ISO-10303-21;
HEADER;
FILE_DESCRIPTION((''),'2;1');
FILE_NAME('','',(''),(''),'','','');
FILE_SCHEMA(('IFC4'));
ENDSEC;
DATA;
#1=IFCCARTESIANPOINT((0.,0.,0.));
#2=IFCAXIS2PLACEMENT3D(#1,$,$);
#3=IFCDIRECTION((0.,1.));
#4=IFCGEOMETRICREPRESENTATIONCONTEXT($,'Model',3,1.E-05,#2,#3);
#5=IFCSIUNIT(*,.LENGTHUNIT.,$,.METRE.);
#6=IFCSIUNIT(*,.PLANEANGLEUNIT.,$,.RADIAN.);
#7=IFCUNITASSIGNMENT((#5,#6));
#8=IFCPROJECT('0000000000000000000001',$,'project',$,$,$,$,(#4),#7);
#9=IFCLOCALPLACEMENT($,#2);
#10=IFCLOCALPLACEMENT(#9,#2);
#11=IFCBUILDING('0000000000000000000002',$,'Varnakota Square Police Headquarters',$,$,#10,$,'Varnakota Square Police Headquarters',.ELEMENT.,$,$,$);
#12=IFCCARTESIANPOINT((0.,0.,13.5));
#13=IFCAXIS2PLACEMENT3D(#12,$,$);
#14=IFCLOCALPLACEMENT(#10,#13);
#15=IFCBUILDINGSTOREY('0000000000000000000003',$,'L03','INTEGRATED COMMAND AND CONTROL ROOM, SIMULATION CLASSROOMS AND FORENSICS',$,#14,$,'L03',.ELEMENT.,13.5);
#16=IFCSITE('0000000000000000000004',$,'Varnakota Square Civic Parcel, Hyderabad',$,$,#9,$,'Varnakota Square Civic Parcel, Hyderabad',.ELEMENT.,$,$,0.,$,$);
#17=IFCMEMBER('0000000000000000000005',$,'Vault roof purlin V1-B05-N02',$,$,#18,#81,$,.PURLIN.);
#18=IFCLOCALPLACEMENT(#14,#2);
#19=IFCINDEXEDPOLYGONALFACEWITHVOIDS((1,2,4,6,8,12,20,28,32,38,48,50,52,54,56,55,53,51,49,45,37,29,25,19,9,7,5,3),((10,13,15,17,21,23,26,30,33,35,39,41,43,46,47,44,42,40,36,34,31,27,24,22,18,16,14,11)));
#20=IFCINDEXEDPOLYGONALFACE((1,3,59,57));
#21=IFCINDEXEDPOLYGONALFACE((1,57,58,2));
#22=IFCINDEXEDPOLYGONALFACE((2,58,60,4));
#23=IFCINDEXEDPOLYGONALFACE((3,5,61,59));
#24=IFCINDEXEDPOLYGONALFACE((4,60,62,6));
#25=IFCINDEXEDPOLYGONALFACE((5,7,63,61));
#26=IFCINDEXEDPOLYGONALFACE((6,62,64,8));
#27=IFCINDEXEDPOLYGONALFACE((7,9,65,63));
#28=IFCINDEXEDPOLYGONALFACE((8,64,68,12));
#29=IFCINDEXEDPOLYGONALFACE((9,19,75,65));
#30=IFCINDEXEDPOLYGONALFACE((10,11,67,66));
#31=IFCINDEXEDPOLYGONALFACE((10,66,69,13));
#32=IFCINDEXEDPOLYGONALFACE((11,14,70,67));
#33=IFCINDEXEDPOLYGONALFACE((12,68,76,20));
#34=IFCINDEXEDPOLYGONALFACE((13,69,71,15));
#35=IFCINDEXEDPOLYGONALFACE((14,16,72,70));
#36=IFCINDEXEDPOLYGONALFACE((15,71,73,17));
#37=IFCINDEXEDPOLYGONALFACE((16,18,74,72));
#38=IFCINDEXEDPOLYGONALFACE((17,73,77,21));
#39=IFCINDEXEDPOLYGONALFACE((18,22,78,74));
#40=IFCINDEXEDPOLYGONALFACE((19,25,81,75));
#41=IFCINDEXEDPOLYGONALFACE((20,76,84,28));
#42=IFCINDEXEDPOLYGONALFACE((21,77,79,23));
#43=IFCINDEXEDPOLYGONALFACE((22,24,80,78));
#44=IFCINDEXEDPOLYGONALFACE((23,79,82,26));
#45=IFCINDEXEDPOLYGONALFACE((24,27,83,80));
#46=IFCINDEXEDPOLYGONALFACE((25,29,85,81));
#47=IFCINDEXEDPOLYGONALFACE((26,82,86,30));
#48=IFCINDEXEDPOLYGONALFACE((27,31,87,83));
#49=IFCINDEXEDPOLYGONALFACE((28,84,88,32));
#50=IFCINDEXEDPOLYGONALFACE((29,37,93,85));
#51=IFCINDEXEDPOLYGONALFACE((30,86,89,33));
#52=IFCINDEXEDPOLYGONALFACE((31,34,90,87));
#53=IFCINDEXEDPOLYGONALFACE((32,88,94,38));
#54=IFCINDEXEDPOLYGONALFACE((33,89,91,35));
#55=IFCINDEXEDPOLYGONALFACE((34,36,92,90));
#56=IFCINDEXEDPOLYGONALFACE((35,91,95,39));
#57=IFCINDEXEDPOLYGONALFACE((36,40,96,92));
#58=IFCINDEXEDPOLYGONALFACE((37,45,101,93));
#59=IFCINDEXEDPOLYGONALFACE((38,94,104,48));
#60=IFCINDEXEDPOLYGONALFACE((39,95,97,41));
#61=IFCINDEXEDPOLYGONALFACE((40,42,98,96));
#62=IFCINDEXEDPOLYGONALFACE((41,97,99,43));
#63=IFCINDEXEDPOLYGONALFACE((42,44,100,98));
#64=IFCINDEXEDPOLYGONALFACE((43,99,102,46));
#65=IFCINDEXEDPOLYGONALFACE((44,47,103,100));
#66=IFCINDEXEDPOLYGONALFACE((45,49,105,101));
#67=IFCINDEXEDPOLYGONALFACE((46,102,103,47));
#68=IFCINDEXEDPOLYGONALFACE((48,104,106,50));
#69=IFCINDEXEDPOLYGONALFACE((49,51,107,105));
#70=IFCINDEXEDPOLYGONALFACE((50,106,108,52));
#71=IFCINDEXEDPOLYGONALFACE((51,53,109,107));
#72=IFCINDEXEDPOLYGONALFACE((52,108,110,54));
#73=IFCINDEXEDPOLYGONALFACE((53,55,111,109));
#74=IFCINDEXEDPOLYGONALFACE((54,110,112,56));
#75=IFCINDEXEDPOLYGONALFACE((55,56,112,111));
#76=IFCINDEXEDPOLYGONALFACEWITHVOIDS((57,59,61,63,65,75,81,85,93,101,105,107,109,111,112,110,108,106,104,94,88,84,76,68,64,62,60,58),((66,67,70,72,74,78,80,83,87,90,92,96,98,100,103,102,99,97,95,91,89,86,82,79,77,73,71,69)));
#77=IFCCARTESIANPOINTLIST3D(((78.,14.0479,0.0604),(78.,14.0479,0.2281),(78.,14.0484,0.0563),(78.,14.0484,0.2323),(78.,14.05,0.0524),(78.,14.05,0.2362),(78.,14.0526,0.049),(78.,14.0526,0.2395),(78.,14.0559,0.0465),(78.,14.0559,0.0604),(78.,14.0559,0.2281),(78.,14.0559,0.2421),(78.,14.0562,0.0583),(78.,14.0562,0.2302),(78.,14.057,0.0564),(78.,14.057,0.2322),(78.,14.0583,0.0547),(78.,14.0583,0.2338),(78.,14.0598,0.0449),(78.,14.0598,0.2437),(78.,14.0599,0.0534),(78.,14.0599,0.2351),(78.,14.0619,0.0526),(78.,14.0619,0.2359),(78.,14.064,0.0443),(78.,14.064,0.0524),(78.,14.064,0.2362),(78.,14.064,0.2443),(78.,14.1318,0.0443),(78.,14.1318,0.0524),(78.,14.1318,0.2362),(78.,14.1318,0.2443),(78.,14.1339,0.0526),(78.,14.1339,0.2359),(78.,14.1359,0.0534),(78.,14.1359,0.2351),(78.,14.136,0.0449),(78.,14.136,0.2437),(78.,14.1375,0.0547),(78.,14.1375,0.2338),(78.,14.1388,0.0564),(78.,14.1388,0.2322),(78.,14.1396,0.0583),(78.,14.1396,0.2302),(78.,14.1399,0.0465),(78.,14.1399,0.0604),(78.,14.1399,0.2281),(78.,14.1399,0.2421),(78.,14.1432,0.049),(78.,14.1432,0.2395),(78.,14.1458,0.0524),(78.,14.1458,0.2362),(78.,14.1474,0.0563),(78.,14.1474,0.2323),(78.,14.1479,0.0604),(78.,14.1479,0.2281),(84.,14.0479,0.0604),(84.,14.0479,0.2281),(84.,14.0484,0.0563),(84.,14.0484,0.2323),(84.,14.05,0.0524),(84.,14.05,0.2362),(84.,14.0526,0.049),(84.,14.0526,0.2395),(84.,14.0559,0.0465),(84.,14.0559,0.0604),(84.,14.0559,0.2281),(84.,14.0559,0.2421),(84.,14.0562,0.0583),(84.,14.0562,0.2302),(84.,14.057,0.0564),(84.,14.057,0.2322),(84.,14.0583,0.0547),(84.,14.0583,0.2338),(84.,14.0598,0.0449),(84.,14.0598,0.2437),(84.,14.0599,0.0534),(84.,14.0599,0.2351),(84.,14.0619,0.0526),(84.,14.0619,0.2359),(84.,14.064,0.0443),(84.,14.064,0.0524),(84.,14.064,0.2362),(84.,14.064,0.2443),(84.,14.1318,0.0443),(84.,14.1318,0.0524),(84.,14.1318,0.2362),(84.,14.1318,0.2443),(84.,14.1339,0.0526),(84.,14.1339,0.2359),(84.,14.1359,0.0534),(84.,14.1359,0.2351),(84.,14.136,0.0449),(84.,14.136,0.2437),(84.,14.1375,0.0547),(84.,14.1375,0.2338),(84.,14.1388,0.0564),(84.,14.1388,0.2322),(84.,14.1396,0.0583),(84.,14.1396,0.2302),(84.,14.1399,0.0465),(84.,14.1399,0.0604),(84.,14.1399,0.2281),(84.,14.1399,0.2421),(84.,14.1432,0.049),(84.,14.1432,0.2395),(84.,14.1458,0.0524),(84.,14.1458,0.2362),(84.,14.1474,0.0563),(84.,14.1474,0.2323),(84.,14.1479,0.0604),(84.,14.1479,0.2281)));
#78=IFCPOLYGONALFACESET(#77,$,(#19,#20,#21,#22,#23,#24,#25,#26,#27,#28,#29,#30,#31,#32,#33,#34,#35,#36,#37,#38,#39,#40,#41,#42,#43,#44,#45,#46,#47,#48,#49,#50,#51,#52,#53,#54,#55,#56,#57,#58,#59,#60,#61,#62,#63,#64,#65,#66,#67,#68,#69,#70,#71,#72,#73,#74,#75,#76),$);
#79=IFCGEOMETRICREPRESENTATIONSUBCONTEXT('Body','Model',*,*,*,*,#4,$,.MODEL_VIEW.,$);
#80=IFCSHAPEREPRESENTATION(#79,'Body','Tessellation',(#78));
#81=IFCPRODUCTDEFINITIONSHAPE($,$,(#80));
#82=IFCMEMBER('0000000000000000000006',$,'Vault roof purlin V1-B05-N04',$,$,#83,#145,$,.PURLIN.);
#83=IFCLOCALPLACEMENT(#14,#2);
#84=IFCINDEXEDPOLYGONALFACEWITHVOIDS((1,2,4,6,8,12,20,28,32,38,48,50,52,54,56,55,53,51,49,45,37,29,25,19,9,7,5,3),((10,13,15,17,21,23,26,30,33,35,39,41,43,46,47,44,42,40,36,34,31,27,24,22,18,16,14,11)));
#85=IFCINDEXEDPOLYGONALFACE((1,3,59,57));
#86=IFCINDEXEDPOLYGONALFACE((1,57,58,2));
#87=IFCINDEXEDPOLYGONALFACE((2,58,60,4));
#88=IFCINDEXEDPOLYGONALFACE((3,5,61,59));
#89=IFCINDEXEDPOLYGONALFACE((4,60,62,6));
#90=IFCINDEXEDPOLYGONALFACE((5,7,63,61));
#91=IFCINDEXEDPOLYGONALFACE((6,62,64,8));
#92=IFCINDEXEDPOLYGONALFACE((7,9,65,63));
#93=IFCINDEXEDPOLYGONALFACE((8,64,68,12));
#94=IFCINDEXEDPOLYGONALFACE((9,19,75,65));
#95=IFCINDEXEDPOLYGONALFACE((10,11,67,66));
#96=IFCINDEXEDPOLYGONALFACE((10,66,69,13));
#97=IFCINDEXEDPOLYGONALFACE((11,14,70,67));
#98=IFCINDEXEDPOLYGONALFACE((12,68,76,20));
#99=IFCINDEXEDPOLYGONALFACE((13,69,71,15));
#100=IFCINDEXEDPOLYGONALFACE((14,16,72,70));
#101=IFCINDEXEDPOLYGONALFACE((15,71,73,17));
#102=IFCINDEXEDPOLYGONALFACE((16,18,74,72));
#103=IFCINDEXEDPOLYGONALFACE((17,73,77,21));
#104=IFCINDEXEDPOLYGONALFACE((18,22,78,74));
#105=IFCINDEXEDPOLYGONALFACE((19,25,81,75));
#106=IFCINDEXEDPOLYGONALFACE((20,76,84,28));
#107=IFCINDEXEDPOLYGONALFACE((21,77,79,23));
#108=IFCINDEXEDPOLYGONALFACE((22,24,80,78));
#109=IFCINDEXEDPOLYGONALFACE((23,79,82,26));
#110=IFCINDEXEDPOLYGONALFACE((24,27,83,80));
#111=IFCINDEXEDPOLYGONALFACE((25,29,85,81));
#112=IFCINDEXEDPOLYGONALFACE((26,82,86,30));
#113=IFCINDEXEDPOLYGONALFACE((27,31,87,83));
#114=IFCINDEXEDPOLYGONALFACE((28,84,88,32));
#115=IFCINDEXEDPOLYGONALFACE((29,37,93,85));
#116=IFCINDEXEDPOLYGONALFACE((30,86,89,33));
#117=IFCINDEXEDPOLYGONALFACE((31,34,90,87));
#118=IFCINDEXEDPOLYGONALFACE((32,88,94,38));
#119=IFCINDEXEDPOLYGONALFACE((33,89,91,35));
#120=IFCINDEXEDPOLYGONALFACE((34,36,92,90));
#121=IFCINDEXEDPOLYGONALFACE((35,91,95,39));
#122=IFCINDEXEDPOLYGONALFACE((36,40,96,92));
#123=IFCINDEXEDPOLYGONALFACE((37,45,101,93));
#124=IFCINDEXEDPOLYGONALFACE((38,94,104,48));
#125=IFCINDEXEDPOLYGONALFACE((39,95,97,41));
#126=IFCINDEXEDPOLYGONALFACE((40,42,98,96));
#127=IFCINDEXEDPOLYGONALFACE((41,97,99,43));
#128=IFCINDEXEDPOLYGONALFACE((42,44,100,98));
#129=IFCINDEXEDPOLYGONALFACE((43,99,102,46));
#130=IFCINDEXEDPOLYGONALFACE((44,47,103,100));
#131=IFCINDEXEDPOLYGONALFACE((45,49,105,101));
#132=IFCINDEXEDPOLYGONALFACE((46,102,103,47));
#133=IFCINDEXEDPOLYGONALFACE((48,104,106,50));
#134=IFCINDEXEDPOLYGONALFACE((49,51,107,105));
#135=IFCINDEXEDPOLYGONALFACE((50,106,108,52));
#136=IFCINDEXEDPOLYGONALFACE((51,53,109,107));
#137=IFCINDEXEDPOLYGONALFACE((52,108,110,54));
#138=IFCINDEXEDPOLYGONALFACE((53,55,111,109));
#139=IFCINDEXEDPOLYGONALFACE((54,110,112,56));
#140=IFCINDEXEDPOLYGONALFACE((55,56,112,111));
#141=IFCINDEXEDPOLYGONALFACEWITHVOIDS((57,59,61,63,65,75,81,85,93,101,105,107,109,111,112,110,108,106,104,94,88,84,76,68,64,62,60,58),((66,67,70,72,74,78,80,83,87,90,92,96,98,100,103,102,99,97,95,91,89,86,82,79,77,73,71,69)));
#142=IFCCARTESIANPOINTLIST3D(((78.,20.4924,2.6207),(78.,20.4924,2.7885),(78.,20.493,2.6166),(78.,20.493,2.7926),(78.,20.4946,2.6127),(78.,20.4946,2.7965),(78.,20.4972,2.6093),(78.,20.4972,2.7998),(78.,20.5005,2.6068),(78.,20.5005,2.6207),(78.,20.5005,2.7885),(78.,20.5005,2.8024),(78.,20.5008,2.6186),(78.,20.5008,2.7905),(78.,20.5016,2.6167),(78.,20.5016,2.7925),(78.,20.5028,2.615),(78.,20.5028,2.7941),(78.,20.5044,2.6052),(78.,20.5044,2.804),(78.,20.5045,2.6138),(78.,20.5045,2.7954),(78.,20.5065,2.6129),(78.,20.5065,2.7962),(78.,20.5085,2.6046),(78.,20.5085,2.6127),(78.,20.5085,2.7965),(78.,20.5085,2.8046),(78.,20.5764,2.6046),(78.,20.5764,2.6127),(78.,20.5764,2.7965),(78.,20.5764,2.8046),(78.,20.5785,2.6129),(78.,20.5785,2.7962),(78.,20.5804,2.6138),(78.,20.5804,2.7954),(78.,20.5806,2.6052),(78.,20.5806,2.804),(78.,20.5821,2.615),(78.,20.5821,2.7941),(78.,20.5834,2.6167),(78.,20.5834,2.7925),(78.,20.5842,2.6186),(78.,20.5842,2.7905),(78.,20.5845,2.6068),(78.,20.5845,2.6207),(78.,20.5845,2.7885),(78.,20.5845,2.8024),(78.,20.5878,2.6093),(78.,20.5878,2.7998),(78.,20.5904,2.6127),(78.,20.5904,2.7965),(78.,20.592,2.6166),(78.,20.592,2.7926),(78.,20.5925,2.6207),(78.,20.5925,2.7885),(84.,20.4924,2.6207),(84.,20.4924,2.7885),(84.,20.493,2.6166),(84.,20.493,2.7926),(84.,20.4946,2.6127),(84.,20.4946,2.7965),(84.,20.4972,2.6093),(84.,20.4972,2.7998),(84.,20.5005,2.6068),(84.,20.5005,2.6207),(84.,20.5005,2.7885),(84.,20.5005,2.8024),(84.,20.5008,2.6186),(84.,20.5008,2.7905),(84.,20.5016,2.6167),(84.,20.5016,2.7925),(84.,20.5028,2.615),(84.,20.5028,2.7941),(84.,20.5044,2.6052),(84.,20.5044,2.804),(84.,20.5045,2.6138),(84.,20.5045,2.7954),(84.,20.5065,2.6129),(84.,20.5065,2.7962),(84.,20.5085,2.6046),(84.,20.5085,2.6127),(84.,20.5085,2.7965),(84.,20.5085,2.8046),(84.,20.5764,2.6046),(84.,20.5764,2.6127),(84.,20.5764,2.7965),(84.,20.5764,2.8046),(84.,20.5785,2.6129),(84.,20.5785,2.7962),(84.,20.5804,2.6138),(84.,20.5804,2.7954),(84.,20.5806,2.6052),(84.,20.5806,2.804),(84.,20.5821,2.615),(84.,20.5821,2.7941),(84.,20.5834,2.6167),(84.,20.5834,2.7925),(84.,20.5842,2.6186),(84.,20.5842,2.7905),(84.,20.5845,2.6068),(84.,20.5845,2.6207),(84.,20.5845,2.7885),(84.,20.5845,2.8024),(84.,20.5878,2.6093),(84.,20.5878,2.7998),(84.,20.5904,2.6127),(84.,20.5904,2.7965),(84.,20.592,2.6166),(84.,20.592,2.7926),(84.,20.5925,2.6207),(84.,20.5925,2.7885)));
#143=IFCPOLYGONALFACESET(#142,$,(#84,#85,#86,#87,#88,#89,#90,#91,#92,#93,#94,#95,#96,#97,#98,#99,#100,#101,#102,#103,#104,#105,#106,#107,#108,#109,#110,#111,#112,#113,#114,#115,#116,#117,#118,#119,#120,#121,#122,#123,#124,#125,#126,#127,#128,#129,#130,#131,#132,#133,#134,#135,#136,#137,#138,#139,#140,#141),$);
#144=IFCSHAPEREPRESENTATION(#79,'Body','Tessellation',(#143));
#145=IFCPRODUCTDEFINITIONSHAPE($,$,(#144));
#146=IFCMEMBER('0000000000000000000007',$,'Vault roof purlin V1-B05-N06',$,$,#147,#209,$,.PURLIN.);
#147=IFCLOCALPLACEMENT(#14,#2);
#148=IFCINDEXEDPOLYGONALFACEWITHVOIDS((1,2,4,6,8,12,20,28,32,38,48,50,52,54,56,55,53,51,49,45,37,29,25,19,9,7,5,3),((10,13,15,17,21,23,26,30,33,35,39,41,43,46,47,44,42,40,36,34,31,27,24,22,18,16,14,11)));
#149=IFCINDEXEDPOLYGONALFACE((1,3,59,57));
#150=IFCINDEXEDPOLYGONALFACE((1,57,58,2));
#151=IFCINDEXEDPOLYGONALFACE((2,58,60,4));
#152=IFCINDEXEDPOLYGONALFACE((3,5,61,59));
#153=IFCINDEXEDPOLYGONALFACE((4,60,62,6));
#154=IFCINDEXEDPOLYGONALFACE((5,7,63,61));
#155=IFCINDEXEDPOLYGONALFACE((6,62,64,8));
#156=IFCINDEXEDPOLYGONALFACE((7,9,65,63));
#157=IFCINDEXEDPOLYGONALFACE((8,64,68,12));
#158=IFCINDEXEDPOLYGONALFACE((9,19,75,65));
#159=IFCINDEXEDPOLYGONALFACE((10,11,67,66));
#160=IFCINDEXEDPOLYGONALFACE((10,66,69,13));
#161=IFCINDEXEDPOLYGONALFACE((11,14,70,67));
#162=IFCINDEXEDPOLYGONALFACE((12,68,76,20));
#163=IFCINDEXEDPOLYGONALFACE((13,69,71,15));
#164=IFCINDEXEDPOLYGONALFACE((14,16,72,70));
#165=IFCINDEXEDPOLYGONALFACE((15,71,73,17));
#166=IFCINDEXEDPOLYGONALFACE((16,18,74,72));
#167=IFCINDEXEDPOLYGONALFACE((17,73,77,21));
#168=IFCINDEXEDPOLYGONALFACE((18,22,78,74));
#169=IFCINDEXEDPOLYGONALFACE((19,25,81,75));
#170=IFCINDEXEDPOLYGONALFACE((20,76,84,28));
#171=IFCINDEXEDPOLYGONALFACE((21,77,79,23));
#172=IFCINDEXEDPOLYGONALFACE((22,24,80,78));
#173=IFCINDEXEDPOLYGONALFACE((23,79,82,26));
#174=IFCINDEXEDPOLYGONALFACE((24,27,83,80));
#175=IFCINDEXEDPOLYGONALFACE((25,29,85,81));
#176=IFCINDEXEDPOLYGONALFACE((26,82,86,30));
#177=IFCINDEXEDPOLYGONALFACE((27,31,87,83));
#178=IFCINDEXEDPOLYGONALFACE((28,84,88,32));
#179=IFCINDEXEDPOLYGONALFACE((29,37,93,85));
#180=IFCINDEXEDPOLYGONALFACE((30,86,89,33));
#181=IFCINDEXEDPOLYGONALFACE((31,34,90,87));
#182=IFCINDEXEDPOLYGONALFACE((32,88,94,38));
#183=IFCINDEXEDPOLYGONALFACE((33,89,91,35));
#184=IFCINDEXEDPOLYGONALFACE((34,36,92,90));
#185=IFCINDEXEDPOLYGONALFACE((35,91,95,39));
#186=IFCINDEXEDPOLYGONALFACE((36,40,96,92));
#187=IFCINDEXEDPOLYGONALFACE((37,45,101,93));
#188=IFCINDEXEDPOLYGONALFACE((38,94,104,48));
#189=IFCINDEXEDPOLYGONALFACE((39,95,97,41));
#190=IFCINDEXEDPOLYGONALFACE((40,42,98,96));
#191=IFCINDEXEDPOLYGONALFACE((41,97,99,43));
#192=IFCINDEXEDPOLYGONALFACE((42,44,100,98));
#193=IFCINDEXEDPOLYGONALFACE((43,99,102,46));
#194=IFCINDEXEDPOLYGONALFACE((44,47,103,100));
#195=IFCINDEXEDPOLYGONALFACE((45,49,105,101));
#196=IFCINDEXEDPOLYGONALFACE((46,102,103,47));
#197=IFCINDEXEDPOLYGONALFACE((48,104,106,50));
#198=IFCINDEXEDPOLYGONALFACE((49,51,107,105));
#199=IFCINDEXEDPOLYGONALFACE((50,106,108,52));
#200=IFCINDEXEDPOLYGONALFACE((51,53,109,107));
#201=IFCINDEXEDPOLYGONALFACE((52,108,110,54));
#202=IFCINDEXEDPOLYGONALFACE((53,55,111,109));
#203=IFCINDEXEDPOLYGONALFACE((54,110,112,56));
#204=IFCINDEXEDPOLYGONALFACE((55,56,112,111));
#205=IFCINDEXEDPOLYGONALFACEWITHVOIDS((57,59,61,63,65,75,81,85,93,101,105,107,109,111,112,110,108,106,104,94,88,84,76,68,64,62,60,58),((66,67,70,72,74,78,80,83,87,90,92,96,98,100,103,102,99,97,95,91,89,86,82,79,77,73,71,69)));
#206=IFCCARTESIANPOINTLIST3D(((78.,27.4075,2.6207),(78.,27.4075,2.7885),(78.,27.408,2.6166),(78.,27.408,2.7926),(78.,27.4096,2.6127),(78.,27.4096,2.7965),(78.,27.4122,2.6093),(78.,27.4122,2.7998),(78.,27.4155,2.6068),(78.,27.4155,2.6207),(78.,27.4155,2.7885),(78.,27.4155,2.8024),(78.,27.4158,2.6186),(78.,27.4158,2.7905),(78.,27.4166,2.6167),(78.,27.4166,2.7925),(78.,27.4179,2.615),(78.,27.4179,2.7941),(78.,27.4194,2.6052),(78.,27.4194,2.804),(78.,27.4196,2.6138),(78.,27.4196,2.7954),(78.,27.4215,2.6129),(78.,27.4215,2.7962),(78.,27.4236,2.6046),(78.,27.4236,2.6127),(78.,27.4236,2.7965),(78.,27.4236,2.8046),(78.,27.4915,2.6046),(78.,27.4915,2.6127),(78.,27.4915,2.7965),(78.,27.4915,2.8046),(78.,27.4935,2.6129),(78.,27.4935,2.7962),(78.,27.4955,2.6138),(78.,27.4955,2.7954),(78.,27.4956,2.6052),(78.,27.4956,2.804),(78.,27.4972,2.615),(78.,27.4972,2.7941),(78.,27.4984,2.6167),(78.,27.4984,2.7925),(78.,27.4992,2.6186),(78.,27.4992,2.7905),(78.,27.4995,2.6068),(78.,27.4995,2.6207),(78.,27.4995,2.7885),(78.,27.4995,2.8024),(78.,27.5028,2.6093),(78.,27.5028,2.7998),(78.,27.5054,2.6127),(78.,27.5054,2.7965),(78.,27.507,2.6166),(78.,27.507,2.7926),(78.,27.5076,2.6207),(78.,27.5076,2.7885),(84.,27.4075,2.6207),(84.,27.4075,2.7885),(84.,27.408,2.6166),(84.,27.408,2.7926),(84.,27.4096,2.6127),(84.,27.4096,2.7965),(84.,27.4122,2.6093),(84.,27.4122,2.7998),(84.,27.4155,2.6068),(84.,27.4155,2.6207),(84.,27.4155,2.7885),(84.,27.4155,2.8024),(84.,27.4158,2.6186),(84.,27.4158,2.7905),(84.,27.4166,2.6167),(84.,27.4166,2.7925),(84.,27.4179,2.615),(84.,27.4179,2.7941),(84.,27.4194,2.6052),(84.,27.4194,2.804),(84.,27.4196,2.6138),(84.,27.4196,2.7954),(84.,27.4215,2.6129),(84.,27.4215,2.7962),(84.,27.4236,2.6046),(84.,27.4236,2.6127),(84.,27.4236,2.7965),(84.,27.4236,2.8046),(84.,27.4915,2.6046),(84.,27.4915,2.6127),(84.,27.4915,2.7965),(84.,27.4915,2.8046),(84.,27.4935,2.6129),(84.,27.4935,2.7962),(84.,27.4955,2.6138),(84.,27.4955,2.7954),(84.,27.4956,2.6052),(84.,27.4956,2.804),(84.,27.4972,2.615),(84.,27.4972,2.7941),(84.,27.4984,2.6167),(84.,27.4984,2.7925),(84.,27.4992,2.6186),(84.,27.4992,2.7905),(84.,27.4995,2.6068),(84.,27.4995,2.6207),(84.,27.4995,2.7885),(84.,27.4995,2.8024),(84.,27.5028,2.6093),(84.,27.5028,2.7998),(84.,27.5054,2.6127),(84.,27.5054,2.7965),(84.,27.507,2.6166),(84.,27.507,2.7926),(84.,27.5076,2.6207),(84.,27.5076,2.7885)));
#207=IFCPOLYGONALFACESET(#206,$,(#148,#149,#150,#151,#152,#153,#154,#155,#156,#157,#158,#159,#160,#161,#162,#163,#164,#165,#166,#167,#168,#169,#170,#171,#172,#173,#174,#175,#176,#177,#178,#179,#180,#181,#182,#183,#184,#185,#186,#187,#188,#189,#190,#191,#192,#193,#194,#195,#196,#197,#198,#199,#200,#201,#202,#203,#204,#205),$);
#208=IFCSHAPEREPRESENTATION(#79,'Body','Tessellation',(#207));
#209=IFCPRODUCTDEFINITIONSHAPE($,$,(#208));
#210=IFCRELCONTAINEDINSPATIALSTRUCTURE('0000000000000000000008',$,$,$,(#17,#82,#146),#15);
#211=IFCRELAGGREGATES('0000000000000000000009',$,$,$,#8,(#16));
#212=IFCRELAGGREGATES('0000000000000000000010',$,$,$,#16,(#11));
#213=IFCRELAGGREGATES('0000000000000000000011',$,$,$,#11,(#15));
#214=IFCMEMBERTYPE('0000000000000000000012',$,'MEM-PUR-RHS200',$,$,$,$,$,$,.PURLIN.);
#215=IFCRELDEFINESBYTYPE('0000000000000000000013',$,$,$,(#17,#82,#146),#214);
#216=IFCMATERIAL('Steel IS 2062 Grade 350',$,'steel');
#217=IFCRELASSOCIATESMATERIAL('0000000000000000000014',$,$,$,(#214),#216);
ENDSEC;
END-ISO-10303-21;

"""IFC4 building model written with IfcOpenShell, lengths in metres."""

from ifc_helpers import new_model, si_unit, direction, frame, origin, origin_2d, place, context, subcontext, project, spatial, hollow_rectangle, extrude, material, material_profile, profile_set, type_object, element, save


model = new_model("IFC4")

# Units and contexts
model_context = context("Model", 3, precision=1e-05, world=origin(), true_north=direction((0.0, 1.0)))
body_context = subcontext(model_context, "Body", "Model", "MODEL_VIEW")
ifc_project = project(units=[si_unit("LENGTHUNIT", "METRE"), si_unit("PLANEANGLEUNIT", "RADIAN")], contexts=[model_context])

# Site, building, storey
site_placement = place(None, origin())
site = spatial("IfcSite", under=ifc_project, at=site_placement, Name="Varnakota Square Civic Parcel, Hyderabad", LongName="Varnakota Square Civic Parcel, Hyderabad", CompositionType="ELEMENT", RefElevation=0.0)
building_placement = place(site_placement, origin())
building = spatial("IfcBuilding", under=site, at=building_placement, Name="Varnakota Square Police Headquarters", LongName="Varnakota Square Police Headquarters", CompositionType="ELEMENT")
storey_placement = place(building_placement, frame((0.0, 0.0, 13.5)))
storey = spatial("IfcBuildingStorey", under=building, at=storey_placement, Name="L03", Description="INTEGRATED COMMAND AND CONTROL ROOM, SIMULATION CLASSROOMS AND FORENSICS", LongName="L03", CompositionType="ELEMENT", Elevation=13.5)

# Shared definitions
ifc_material_1 = material(Name="Steel IS 2062 Grade 350", Category="steel")

# Members
ifc_material_profile_1 = material_profile(ifc_material_1, hollow_rectangle(XDim=0.1001, YDim=0.2, WallThickness=0.0081, InnerFilletRadius=0.0081, OuterFilletRadius=0.0161, at=origin_2d()), Name="RHS 200x100x8")
ifc_profile_set_1 = profile_set([ifc_material_profile_1], Name="Steel IS 2062 Grade 350")
member_type_1 = type_object("IfcMemberType", Name="MEM-PUR-RHS200", PredefinedType="PURLIN", material=ifc_profile_set_1)
for number, where, z_axis, x_axis, name in (
    (1, (78.0, 14.0979, 0.1443), (1.0, 0.0, 0.0), (0.0, 1.0, 0.0), "Vault roof purlin V1-B05-N02"),
    (2, (78.0, 20.5425, 2.7046), (1.0, 0.0, 0.0), (0.0, 1.0, 0.0), "Vault roof purlin V1-B05-N04"),
    (3, (78.0, 27.4575, 2.7046), (1.0, 0.0, 0.0), (0.0, 1.0, 0.0), "Vault roof purlin V1-B05-N06"),
):
    element("IfcMember", number, at=place(storey_placement, frame(where, z_axis=z_axis, x_axis=x_axis)), inside=storey, type_object=member_type_1, Name=name, PredefinedType="PURLIN", context=body_context, shape_type="SweptSolid", body=[
        extrude(hollow_rectangle(XDim=0.1001, YDim=0.2, WallThickness=0.0081, InnerFilletRadius=0.0081, OuterFilletRadius=0.0161, at=origin_2d()), origin(), (0.0, 0.0, 1.0), 6.0),
    ])

save(model, "model.ifc")
